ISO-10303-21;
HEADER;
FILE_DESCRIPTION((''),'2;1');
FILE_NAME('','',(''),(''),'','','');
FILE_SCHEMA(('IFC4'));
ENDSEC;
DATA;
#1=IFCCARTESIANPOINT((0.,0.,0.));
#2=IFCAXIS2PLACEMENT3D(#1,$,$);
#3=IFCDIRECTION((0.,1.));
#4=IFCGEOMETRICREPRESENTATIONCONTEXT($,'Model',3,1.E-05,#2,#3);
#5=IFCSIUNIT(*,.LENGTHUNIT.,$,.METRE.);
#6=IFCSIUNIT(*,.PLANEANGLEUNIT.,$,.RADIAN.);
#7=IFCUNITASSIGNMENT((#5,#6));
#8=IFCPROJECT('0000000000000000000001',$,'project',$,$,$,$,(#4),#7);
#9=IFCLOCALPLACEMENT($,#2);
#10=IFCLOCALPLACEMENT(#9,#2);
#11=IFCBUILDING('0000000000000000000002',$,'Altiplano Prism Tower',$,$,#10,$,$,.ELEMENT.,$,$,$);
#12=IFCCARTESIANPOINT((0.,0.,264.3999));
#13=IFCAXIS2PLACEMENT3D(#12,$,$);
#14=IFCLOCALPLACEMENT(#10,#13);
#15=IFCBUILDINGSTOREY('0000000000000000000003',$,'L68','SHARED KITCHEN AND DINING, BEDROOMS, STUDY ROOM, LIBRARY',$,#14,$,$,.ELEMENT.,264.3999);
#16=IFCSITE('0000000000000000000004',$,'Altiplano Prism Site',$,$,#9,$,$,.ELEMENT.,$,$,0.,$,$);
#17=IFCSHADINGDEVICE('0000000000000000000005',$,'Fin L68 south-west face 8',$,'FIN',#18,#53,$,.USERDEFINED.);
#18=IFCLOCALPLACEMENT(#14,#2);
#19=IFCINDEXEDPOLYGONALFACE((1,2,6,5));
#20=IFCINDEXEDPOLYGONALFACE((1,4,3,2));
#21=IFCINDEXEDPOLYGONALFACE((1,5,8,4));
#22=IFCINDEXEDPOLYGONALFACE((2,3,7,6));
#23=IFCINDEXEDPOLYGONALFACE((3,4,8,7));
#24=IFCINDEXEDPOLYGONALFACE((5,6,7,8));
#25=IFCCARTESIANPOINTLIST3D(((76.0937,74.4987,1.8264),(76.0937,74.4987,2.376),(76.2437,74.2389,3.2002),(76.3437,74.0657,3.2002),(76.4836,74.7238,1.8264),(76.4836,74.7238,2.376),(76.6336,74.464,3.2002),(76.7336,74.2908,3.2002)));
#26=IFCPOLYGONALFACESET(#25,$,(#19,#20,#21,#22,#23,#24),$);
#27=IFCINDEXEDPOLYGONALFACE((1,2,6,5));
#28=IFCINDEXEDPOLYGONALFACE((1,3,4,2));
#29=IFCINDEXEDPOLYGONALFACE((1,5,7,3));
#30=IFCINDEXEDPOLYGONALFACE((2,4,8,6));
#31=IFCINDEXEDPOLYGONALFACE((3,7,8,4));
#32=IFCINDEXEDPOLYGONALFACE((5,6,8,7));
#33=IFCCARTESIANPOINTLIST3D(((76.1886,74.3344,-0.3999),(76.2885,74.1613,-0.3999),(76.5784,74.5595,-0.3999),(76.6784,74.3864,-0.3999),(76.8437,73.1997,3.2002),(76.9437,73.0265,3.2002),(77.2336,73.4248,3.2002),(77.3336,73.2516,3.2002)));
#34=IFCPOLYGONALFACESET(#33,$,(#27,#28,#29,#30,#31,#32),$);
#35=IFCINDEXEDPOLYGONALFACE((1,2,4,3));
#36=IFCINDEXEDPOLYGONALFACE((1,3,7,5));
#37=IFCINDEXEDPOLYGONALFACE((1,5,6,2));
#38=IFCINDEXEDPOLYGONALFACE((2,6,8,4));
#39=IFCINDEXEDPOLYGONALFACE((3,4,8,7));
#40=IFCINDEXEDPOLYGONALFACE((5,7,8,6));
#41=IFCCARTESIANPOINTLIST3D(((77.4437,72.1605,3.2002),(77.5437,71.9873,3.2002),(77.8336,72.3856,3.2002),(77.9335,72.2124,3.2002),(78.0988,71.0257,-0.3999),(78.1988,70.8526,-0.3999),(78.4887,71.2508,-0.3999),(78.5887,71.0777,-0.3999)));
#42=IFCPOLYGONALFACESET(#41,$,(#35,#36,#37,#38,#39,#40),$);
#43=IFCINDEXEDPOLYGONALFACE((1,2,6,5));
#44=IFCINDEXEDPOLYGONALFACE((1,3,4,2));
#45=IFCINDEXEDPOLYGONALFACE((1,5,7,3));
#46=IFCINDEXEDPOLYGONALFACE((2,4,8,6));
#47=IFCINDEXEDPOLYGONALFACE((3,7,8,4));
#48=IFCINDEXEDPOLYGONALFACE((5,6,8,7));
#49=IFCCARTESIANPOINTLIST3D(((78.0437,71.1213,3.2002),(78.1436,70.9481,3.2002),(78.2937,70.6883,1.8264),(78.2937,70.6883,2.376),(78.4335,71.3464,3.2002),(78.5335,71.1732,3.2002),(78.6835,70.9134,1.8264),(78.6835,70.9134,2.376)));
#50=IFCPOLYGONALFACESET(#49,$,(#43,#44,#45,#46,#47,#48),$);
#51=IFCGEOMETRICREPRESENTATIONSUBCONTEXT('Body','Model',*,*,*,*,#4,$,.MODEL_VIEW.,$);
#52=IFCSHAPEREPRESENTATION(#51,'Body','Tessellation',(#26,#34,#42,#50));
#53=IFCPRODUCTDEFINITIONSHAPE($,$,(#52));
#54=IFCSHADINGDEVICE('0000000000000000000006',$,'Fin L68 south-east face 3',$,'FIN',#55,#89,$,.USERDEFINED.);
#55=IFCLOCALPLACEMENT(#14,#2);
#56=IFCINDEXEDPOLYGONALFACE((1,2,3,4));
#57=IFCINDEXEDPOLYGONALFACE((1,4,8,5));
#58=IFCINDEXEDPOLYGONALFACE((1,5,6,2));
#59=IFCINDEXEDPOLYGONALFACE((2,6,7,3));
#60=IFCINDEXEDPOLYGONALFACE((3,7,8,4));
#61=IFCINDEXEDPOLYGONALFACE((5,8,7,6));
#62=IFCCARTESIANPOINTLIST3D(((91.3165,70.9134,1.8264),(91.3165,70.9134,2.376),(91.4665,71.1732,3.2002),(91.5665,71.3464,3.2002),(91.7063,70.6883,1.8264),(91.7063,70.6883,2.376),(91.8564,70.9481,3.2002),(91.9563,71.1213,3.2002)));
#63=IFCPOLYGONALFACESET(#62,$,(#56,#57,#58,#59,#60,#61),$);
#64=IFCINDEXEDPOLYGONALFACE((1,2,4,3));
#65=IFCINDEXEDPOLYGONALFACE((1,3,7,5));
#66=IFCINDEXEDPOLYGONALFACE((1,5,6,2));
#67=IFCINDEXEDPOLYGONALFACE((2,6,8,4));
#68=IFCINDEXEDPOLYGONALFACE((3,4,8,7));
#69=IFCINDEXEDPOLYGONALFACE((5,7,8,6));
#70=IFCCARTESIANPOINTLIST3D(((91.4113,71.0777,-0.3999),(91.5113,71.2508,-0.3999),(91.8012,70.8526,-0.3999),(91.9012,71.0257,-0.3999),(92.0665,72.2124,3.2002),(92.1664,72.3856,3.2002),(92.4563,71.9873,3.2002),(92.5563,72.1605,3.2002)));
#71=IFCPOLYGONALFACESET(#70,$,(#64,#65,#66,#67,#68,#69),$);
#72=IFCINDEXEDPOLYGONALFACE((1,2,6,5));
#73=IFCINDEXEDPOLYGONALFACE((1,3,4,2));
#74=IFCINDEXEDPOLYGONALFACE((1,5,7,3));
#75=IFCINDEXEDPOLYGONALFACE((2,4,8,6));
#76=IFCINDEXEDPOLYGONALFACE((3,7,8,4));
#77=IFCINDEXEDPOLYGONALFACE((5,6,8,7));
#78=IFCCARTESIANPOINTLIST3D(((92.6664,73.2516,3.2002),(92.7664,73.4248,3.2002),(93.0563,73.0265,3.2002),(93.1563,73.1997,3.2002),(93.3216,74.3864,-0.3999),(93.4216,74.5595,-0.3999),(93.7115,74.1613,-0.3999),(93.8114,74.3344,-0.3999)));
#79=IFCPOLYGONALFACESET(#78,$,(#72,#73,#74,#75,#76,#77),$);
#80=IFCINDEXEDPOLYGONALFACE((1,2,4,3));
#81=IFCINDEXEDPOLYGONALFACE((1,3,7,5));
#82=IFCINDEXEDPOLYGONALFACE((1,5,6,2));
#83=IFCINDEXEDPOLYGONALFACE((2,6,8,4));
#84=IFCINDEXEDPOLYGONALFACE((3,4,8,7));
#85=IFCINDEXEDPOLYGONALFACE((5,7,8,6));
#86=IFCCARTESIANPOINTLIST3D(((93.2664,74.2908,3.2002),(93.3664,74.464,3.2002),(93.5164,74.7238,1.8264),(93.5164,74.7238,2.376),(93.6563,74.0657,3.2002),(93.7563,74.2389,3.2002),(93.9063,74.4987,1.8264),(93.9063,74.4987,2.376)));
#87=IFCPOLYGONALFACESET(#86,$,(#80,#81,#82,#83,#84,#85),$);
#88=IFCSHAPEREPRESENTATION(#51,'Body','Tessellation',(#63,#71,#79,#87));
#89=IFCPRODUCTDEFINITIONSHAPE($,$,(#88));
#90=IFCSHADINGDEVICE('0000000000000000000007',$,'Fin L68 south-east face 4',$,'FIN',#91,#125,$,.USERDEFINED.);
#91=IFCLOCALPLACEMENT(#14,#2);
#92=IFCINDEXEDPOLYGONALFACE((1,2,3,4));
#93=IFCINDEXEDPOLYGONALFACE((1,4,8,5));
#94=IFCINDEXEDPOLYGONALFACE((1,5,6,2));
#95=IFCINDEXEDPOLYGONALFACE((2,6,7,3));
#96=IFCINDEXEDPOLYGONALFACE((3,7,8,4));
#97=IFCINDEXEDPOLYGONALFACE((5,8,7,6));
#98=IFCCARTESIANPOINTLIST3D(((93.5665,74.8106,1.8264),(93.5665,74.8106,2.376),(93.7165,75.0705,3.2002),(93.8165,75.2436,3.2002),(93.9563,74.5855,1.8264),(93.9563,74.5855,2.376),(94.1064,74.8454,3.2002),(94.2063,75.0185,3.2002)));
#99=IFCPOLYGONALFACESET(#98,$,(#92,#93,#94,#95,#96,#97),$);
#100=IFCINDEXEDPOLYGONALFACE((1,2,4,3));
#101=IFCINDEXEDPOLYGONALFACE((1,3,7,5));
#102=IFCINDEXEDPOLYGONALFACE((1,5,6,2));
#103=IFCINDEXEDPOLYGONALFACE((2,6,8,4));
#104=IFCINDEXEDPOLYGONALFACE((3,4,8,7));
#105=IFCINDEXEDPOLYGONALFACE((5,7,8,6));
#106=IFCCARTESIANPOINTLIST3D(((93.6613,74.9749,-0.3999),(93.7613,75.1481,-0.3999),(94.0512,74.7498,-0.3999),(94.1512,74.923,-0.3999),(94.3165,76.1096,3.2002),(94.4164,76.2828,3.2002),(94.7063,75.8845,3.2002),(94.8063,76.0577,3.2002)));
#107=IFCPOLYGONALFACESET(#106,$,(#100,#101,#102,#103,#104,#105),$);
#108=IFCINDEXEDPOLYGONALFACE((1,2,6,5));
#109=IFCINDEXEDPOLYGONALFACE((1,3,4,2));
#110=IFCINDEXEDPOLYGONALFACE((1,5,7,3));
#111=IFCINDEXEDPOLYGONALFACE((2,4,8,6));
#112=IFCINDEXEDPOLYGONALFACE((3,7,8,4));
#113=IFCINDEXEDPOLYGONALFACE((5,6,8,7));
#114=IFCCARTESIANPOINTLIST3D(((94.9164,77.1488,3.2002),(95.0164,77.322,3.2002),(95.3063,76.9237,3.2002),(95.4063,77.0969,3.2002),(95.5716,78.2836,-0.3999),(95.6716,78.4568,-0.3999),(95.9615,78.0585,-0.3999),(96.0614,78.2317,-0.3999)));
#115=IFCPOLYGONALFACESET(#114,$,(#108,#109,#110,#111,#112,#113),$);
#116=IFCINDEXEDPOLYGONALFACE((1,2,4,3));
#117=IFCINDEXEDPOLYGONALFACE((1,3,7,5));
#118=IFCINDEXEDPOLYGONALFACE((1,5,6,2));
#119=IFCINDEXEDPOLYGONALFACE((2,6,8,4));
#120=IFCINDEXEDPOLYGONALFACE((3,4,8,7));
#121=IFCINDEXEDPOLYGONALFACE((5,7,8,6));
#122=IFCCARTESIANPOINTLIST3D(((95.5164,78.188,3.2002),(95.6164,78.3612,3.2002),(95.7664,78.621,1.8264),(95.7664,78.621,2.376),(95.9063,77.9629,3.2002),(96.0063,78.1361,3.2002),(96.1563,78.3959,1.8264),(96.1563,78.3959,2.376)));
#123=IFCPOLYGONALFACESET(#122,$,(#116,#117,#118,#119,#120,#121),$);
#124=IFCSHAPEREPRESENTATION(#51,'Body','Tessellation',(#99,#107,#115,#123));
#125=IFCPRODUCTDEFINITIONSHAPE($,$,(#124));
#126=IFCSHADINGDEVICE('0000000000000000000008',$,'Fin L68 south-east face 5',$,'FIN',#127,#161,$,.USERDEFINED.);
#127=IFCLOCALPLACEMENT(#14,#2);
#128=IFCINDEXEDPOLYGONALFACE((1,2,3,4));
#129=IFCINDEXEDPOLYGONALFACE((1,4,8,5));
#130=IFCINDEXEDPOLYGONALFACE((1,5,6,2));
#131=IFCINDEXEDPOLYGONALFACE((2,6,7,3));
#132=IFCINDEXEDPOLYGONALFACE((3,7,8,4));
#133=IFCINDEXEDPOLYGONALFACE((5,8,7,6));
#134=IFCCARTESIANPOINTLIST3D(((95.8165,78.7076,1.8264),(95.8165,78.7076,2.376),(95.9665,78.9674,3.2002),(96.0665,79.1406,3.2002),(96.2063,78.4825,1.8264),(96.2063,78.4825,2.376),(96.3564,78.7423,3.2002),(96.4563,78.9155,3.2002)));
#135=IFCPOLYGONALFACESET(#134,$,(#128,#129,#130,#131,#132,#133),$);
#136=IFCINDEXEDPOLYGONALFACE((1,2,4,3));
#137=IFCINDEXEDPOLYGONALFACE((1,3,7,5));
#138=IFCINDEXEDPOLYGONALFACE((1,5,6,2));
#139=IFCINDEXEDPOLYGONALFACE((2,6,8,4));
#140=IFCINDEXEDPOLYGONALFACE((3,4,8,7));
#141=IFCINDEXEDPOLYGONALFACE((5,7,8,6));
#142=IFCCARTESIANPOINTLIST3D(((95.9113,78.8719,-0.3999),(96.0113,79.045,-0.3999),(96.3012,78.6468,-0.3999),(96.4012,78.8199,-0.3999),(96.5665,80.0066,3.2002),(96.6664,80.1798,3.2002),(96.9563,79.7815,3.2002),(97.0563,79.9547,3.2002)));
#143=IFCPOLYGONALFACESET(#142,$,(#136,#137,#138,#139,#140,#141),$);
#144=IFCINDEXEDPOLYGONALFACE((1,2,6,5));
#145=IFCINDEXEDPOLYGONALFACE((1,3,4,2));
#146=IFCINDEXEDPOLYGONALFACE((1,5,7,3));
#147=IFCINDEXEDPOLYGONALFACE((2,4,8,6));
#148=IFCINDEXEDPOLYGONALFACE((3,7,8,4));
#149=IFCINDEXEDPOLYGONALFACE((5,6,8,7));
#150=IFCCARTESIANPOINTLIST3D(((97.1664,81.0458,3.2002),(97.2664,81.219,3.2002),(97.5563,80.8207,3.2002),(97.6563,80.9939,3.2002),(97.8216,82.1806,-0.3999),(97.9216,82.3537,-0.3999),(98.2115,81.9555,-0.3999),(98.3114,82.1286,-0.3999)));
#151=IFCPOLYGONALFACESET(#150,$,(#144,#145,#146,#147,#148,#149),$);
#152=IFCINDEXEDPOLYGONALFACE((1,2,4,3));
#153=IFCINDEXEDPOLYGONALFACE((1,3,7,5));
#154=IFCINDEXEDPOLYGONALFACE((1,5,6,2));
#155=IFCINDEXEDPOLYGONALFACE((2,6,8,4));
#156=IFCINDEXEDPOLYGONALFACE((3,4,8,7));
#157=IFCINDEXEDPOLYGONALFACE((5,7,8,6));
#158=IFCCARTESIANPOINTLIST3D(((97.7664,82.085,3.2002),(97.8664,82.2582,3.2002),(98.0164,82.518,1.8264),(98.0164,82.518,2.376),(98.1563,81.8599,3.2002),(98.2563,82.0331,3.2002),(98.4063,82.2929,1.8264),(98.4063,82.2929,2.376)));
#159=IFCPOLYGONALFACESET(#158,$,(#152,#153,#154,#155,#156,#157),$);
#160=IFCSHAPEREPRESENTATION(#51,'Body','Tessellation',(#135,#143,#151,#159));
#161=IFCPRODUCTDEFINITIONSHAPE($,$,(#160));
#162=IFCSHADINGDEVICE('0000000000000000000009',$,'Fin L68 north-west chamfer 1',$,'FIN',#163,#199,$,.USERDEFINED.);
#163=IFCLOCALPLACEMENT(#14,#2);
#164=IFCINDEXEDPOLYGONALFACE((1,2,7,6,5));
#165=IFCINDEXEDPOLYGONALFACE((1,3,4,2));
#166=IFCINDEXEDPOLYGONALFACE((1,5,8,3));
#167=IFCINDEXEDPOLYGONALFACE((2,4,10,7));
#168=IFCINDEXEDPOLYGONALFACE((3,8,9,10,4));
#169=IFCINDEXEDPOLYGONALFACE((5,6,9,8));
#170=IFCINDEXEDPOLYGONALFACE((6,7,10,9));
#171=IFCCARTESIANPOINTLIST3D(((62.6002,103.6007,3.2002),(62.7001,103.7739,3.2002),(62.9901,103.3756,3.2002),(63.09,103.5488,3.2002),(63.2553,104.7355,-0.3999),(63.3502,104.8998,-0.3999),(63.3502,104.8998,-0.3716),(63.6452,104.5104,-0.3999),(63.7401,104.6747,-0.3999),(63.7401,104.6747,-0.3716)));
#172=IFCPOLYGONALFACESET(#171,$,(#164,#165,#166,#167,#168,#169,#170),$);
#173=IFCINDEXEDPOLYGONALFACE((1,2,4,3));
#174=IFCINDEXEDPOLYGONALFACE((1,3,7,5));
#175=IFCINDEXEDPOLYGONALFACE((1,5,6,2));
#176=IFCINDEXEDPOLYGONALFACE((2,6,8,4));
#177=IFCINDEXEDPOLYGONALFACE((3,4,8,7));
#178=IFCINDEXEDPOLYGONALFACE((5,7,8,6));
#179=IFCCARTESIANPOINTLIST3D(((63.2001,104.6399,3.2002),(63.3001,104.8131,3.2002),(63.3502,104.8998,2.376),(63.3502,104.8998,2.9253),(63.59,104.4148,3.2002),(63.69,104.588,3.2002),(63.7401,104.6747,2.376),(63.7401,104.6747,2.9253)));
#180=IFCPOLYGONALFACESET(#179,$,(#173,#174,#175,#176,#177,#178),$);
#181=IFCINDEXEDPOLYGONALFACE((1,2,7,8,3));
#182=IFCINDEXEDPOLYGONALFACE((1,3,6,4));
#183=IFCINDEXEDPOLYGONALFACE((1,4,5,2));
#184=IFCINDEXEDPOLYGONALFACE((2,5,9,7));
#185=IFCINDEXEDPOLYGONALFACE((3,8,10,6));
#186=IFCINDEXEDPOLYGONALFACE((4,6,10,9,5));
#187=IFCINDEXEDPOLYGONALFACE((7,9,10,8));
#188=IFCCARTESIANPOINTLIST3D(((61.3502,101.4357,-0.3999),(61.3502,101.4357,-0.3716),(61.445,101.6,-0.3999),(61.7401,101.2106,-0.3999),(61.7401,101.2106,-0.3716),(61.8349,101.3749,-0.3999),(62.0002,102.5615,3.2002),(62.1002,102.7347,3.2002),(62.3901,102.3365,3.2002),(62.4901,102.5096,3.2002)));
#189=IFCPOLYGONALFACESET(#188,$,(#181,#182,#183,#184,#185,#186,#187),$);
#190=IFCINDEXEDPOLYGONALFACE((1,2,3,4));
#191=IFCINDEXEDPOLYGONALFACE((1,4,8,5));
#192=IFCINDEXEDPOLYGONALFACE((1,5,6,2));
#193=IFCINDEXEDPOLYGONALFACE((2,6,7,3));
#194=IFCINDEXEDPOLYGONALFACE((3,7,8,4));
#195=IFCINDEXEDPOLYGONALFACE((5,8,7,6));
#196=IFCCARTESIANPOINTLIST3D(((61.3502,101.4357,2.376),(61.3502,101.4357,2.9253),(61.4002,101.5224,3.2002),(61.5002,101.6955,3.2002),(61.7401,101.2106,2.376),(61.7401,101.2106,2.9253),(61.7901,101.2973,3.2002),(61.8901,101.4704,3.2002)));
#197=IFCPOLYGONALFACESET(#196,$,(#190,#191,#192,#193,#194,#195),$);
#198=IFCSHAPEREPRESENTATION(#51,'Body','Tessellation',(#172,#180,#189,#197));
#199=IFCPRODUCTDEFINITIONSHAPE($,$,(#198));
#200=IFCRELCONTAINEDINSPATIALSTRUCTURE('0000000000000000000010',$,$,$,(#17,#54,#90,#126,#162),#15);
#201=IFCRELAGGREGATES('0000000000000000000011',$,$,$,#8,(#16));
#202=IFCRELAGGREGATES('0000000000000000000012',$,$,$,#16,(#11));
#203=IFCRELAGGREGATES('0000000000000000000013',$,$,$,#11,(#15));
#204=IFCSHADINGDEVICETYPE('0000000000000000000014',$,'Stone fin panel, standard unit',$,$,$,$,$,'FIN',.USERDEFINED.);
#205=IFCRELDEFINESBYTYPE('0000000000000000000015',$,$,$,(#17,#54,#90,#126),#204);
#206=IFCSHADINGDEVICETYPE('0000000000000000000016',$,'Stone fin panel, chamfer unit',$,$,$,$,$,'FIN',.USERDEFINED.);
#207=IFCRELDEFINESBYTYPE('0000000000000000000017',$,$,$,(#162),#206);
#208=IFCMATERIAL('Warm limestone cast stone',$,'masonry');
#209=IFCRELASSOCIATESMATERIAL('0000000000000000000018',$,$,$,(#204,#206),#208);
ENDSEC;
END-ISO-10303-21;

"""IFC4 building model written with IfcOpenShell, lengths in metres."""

from ifc_helpers import new_model, si_unit, direction, frame, origin, place, context, subcontext, project, spatial, polyline, outline, extrude, source, transform, mapped, material, type_object, element, save


model = new_model("IFC4")

# Units and contexts
model_context = context("Model", 3, precision=1e-05, world=origin(), true_north=direction((0.0, 1.0)))
body_context = subcontext(model_context, "Body", "Model", "MODEL_VIEW")
ifc_project = project(units=[si_unit("LENGTHUNIT", "METRE"), si_unit("PLANEANGLEUNIT", "RADIAN")], contexts=[model_context])

# Site, building, storey
site_placement = place(None, origin())
site = spatial("IfcSite", under=ifc_project, at=site_placement, Name="Altiplano Prism Site", CompositionType="ELEMENT", RefElevation=0.0)
building_placement = place(site_placement, origin())
building = spatial("IfcBuilding", under=site, at=building_placement, Name="Altiplano Prism Tower", CompositionType="ELEMENT")
storey_placement = place(building_placement, frame((0.0, 0.0, 264.3999)))
storey = spatial("IfcBuildingStorey", under=building, at=storey_placement, Name="L68", Description="SHARED KITCHEN AND DINING, BEDROOMS, STUDY ROOM, LIBRARY", CompositionType="ELEMENT", Elevation=264.3999)

# Shading devices
ifc_material_1 = material(Name="Warm limestone cast stone", Category="masonry")
shading_device_type_1 = type_object("IfcShadingDeviceType", Name="Stone fin panel, standard unit", ElementType="FIN", PredefinedType="USERDEFINED", material=ifc_material_1)
shared_shape_1 = source(origin(), body_context, "Body", "SweptSolid", [
    extrude(outline(polyline([(-2.2, 2.2263), (-1.7, 3.6001), (-1.8999, 3.6001), (-2.2, 2.7759), (-2.2, 2.2263)])), frame((0.0, -0.1499, 0.0), z_axis=(0.0, -1.0, 0.0), x_axis=(1.0, 0.0, 0.0)), (0.0, 0.0, 1.0), 0.4502),
    extrude(outline(polyline([(-2.0103, 0.0), (-1.8103, 0.0), (-0.5, 3.6001), (-0.7, 3.6001), (-2.0103, 0.0)])), frame((0.0, -0.1499, 0.0), z_axis=(0.0, -1.0, 0.0), x_axis=(1.0, 0.0, 0.0)), (0.0, 0.0, 1.0), 0.4502),
    extrude(outline(polyline([(1.8103, 0.0), (2.0103, 0.0), (0.7, 3.6001), (0.5, 3.6001), (1.8103, 0.0)])), frame((0.0, -0.1499, 0.0), z_axis=(0.0, -1.0, 0.0), x_axis=(1.0, 0.0, 0.0)), (0.0, 0.0, 1.0), 0.4502),
    extrude(outline(polyline([(2.2, 2.7759), (1.8999, 3.6001), (1.7, 3.6001), (2.2, 2.2263), (2.2, 2.7759)])), frame((0.0, -0.1499, 0.0), z_axis=(0.0, -1.0, 0.0), x_axis=(1.0, 0.0, 0.0)), (0.0, 0.0, 1.0), 0.4502),
])
shading_device_1_placement = place(storey_placement, origin())
element("IfcShadingDevice", 1, at=shading_device_1_placement, inside=storey, type_object=shading_device_type_1, Name="Fin L68 south-west face 8", ObjectType="FIN", PredefinedType="USERDEFINED", context=body_context, shape_type="MappedRepresentation", body=[
    mapped(shared_shape_1, transform((77.7134, 72.8936, -0.3999), x_axis=(0.5, -0.866025, 0.0), y_axis=(0.866025, 0.5, 0.0), z_axis=(0.0, 0.0, 1.0))),
])
shading_device_2_placement = place(storey_placement, origin())
element("IfcShadingDevice", 2, at=shading_device_2_placement, inside=storey, type_object=shading_device_type_1, Name="Fin L68 south-east face 3", ObjectType="FIN", PredefinedType="USERDEFINED", context=body_context, shape_type="MappedRepresentation", body=[
    mapped(shared_shape_1, transform((92.2866, 72.8936, -0.3999), x_axis=(0.5, 0.866025, 0.0), y_axis=(-0.866025, 0.5, 0.0), z_axis=(0.0, 0.0, 1.0))),
])
shading_device_3_placement = place(storey_placement, origin())
element("IfcShadingDevice", 3, at=shading_device_3_placement, inside=storey, type_object=shading_device_type_1, Name="Fin L68 south-east face 4", ObjectType="FIN", PredefinedType="USERDEFINED", context=body_context, shape_type="MappedRepresentation", body=[
    mapped(shared_shape_1, transform((94.5366, 76.7908, -0.3999), x_axis=(0.5, 0.866025, 0.0), y_axis=(-0.866025, 0.5, 0.0), z_axis=(0.0, 0.0, 1.0))),
])
shading_device_4_placement = place(storey_placement, origin())
element("IfcShadingDevice", 4, at=shading_device_4_placement, inside=storey, type_object=shading_device_type_1, Name="Fin L68 south-east face 5", ObjectType="FIN", PredefinedType="USERDEFINED", context=body_context, shape_type="MappedRepresentation", body=[
    mapped(shared_shape_1, transform((96.7866, 80.6877, -0.3999), x_axis=(0.5, 0.866025, 0.0), y_axis=(-0.866025, 0.5, 0.0), z_axis=(0.0, 0.0, 1.0))),
])
shading_device_type_2 = type_object("IfcShadingDeviceType", Name="Stone fin panel, chamfer unit", ElementType="FIN", PredefinedType="USERDEFINED", material=ifc_material_1)
shared_shape_2 = source(origin(), body_context, "Body", "SweptSolid", [
    extrude(outline(polyline([(-2.0, 0.0), (-1.8103, 0.0), (-0.5, 3.6001), (-0.7, 3.6001), (-2.0, 0.0283), (-2.0, 0.0)])), frame((0.0, -0.1499, 0.0), z_axis=(0.0, -1.0, 0.0), x_axis=(1.0, 0.0, 0.0)), (0.0, 0.0, 1.0), 0.4502),
    extrude(outline(polyline([(-2.0, 2.7759), (-1.7, 3.6001), (-1.8999, 3.6001), (-2.0, 3.3252), (-2.0, 2.7759)])), frame((0.0, -0.1499, 0.0), z_axis=(0.0, -1.0, 0.0), x_axis=(1.0, 0.0, 0.0)), (0.0, 0.0, 1.0), 0.4502),
    extrude(outline(polyline([(1.8103, 0.0), (2.0, 0.0), (2.0, 0.0283), (0.7, 3.6001), (0.5, 3.6001), (1.8103, 0.0)])), frame((0.0, -0.1499, 0.0), z_axis=(0.0, -1.0, 0.0), x_axis=(1.0, 0.0, 0.0)), (0.0, 0.0, 1.0), 0.4502),
    extrude(outline(polyline([(2.0, 3.3252), (1.8999, 3.6001), (1.7, 3.6001), (2.0, 2.7759), (2.0, 3.3252)])), frame((0.0, -0.1499, 0.0), z_axis=(0.0, -1.0, 0.0), x_axis=(1.0, 0.0, 0.0)), (0.0, 0.0, 1.0), 0.4502),
])
shading_device_5_placement = place(storey_placement, origin())
element("IfcShadingDevice", 5, at=shading_device_5_placement, inside=storey, type_object=shading_device_type_2, Name="Fin L68 north-west chamfer 1", ObjectType="FIN", PredefinedType="USERDEFINED", context=body_context, shape_type="MappedRepresentation", body=[
    mapped(shared_shape_2, transform((62.8699, 102.8677, -0.3999), x_axis=(-0.5, -0.866025, 0.0), y_axis=(0.866025, -0.5, 0.0), z_axis=(0.0, 0.0, 1.0))),
])

save(model, "model.ifc")
